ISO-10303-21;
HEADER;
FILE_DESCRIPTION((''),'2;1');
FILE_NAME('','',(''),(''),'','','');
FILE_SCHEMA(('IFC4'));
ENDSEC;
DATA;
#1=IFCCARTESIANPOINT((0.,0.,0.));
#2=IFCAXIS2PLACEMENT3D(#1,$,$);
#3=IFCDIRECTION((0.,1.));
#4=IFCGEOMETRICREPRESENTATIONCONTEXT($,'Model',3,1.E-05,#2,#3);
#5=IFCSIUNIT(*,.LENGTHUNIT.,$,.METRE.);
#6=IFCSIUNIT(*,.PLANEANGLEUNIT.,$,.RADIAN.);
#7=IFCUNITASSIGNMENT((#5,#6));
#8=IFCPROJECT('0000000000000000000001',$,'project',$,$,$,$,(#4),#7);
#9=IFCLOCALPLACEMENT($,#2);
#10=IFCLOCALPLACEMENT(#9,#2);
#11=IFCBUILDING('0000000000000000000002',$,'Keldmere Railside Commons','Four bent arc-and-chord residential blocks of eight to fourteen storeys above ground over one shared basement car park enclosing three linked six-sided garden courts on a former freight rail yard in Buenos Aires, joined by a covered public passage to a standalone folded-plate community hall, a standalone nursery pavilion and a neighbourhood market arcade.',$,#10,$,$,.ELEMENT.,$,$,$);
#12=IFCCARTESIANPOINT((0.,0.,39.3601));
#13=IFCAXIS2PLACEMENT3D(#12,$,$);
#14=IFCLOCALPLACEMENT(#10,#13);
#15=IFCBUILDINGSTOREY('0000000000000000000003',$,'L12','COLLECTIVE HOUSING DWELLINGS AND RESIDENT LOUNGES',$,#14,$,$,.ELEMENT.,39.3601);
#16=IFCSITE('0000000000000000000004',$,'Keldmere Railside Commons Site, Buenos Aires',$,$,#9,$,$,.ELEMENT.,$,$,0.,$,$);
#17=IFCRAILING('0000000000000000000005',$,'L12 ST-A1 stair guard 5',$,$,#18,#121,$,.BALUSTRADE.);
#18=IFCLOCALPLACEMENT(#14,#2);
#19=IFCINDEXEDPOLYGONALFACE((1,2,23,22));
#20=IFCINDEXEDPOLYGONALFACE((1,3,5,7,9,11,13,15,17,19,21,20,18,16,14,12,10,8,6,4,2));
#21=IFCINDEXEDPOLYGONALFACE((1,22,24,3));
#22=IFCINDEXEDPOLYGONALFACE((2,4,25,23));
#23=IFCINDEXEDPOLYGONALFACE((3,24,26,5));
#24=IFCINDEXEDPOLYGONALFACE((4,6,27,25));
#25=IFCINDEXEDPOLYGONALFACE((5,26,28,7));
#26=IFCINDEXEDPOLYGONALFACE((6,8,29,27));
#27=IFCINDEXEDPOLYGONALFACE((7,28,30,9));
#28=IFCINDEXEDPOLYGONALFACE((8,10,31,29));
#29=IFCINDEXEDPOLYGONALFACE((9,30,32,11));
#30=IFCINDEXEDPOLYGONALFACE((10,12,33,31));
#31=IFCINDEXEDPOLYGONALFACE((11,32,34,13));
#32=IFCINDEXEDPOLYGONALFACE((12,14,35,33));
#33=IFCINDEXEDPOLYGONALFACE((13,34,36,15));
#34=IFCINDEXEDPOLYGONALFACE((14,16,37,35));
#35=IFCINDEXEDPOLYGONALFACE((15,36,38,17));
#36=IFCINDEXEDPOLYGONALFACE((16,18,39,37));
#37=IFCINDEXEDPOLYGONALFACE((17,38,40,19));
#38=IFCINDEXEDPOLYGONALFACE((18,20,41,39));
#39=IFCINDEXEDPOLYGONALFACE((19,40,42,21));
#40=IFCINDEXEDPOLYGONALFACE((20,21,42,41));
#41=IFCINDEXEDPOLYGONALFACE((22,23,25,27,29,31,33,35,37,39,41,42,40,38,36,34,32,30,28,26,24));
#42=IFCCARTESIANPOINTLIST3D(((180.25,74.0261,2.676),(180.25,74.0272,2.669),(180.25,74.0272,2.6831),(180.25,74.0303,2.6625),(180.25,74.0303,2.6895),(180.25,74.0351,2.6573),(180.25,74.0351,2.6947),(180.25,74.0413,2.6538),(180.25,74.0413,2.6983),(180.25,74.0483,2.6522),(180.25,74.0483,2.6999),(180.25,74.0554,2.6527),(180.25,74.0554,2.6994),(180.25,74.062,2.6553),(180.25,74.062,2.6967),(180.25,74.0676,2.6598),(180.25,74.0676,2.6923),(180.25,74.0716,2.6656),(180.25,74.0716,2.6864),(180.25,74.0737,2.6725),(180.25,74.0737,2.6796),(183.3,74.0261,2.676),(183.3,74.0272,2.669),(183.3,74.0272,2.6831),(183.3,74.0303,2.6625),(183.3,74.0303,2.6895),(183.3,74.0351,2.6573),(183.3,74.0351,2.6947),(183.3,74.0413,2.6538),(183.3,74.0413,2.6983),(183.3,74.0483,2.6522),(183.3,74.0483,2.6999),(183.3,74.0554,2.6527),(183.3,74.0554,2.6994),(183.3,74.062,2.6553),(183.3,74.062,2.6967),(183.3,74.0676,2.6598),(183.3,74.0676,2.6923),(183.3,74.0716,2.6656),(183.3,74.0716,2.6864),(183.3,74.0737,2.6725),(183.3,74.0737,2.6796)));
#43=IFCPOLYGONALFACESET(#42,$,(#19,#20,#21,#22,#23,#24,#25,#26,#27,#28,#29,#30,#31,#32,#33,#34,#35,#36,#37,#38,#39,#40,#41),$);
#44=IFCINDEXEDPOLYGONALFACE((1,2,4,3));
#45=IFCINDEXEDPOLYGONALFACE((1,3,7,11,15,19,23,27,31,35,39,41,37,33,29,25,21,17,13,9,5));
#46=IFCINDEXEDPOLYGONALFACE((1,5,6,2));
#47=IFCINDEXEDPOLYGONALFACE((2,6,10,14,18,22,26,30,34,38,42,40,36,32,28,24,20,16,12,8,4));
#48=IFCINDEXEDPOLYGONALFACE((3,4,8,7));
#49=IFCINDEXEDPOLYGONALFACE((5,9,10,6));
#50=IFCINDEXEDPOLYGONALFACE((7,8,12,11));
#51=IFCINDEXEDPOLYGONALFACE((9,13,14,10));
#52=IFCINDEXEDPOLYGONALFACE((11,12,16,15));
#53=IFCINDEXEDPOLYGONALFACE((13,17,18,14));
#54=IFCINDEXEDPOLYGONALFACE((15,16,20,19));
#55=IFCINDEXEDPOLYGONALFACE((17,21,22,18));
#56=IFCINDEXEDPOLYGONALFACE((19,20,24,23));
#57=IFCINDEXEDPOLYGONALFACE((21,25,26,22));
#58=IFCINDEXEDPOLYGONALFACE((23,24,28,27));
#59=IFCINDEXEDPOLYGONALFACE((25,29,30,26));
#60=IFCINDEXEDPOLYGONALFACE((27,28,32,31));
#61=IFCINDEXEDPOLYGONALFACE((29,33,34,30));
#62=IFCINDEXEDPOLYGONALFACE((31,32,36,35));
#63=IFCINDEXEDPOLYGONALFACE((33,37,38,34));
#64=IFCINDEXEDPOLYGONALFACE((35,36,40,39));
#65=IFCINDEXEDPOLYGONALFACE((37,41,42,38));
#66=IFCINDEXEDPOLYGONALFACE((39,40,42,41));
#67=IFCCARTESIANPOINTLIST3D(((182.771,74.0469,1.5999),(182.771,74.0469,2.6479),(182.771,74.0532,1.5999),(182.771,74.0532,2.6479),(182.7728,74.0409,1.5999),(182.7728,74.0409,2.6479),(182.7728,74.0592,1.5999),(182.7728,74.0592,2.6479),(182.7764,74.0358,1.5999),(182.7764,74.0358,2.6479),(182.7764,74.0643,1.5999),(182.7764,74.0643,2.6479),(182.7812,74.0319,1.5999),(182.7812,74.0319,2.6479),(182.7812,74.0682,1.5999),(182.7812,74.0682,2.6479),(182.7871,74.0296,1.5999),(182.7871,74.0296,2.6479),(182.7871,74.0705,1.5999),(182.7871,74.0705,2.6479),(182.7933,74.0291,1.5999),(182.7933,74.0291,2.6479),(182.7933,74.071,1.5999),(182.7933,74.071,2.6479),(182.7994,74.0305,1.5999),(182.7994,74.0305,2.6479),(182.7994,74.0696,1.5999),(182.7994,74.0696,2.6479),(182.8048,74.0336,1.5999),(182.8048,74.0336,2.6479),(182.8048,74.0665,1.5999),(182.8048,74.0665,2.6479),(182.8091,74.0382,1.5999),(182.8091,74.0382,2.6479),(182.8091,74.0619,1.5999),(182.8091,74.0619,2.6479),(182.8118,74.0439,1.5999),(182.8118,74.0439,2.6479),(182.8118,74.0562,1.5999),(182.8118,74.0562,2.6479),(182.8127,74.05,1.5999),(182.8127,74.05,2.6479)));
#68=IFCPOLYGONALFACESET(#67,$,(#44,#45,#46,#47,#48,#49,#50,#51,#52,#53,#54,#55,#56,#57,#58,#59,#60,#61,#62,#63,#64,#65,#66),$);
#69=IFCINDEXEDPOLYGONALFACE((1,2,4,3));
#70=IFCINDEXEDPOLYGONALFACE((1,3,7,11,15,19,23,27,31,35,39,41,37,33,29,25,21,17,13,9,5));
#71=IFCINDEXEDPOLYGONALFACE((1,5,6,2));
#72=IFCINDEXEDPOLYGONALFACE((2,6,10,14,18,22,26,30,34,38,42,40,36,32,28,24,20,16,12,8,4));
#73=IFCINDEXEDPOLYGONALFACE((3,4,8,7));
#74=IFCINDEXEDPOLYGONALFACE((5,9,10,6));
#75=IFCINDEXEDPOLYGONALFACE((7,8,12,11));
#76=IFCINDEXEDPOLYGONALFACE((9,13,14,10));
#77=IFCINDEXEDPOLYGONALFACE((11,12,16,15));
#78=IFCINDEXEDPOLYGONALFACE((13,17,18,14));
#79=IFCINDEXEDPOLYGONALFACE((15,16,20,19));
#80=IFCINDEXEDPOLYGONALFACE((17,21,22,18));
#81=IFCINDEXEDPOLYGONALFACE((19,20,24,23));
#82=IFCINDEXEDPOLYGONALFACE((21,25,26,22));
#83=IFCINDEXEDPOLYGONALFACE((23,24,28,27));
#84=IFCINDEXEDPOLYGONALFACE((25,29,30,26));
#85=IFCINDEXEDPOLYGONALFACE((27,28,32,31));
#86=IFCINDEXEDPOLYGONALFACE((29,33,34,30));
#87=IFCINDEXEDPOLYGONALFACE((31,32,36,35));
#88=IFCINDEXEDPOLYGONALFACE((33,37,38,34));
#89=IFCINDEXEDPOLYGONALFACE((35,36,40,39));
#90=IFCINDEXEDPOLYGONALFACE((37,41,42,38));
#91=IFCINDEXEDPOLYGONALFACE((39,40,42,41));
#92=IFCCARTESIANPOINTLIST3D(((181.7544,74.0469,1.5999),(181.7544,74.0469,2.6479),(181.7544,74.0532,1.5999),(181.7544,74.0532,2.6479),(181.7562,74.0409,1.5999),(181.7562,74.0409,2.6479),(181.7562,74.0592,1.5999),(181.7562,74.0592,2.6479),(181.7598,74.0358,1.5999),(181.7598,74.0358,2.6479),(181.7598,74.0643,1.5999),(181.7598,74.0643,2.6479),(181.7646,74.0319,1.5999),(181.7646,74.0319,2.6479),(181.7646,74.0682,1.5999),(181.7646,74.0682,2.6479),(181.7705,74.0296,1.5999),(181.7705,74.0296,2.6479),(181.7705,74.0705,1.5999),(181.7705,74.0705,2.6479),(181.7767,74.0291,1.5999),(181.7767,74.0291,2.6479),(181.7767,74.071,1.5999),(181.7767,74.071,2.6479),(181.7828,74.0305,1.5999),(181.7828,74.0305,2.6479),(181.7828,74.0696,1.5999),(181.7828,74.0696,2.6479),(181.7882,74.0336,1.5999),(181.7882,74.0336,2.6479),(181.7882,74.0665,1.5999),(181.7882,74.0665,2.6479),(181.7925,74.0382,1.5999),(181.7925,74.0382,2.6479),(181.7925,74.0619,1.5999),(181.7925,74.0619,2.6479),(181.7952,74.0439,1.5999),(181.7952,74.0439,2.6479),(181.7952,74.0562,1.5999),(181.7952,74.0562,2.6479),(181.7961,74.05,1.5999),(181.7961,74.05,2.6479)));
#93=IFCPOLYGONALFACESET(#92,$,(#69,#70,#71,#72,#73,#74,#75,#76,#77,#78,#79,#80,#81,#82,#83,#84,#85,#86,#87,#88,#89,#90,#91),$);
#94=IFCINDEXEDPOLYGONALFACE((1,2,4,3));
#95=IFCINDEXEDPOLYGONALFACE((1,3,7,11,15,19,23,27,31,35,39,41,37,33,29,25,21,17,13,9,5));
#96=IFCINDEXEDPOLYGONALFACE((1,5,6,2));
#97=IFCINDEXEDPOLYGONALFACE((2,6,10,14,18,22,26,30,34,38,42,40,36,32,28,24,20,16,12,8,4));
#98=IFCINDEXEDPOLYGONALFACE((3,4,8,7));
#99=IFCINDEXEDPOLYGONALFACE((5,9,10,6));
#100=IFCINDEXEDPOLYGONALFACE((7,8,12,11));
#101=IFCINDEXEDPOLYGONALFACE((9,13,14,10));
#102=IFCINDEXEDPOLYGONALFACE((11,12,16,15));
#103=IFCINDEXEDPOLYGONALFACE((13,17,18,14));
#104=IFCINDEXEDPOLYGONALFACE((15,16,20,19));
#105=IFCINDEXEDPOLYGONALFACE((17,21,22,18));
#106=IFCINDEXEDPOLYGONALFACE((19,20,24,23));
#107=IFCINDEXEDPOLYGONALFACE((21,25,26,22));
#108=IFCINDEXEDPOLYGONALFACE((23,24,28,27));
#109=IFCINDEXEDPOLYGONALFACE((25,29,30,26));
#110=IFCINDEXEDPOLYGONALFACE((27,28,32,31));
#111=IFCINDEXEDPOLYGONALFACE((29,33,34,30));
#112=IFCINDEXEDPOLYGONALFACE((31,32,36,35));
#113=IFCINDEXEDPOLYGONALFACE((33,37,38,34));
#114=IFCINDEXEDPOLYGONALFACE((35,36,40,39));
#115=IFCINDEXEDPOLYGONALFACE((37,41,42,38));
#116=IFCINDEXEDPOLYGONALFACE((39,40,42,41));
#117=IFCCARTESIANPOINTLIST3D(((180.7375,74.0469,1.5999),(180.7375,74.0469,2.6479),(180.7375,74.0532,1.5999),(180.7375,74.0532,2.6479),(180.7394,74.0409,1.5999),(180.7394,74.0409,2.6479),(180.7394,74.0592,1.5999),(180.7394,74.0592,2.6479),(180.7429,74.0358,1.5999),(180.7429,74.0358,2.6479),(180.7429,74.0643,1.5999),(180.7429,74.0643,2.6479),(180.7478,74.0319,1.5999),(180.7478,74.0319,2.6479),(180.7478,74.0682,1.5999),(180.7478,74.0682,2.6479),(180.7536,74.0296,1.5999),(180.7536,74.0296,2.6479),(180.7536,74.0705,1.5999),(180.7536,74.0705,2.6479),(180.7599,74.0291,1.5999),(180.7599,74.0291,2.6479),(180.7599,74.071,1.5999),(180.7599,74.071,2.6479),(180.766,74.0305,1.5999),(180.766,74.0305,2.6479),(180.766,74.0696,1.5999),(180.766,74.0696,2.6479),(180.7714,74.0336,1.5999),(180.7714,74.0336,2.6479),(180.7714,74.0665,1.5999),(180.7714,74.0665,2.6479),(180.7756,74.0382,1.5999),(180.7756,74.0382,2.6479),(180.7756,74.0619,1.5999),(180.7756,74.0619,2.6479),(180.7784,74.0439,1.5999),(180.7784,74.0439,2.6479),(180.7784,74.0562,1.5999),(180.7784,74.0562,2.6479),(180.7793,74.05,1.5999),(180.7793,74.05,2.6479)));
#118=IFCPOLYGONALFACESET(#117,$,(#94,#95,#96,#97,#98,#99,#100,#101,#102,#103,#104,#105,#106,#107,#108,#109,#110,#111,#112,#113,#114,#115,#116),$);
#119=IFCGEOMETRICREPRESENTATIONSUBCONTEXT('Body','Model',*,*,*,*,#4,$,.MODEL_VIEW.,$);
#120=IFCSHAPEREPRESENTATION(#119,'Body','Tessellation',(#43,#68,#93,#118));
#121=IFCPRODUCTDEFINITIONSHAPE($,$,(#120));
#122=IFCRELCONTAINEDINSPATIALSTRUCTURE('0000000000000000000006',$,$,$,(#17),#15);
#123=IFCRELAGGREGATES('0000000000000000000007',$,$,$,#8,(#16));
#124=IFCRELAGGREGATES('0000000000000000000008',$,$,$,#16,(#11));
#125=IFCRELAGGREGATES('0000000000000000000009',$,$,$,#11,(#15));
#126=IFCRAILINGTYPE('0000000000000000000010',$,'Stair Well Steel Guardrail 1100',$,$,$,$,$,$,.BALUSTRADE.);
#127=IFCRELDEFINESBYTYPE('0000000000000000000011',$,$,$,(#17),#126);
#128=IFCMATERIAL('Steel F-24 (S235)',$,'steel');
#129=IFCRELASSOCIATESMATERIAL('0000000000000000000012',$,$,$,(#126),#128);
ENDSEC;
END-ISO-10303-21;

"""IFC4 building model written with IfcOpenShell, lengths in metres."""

from ifc_helpers import new_model, si_unit, direction, frame, origin, origin_2d, place, context, subcontext, project, spatial, circle, extrude, material, type_object, element, save


model = new_model("IFC4")

# Units and contexts
model_context = context("Model", 3, precision=1e-05, world=origin(), true_north=direction((0.0, 1.0)))
body_context = subcontext(model_context, "Body", "Model", "MODEL_VIEW")
ifc_project = project(units=[si_unit("LENGTHUNIT", "METRE"), si_unit("PLANEANGLEUNIT", "RADIAN")], contexts=[model_context])

# Site, building, storey
site_placement = place(None, origin())
site = spatial("IfcSite", under=ifc_project, at=site_placement, Name="Keldmere Railside Commons Site, Buenos Aires", CompositionType="ELEMENT", RefElevation=0.0)
building_placement = place(site_placement, origin())
building = spatial("IfcBuilding", under=site, at=building_placement, Name="Keldmere Railside Commons", Description="Four bent arc-and-chord residential blocks of eight to fourteen storeys above ground over one shared basement car park enclosing three linked six-sided garden courts on a former freight rail yard in Buenos Aires, joined by a covered public passage to a standalone folded-plate community hall, a standalone nursery pavilion and a neighbourhood market arcade.", CompositionType="ELEMENT")
storey_placement = place(building_placement, frame((0.0, 0.0, 39.3601)))
storey = spatial("IfcBuildingStorey", under=building, at=storey_placement, Name="L12", Description="COLLECTIVE HOUSING DWELLINGS AND RESIDENT LOUNGES", CompositionType="ELEMENT", Elevation=39.3601)

# Shared definitions
ifc_material_1 = material(Name="Steel F-24 (S235)", Category="steel")

# Railing
railing_type_1 = type_object("IfcRailingType", Name="Stair Well Steel Guardrail 1100", PredefinedType="BALUSTRADE", material=ifc_material_1)
railing_1_placement = place(storey_placement, frame((183.3, 74.05, 1.5999)))
element("IfcRailing", 1, at=railing_1_placement, inside=storey, type_object=railing_type_1, Name="L12 ST-A1 stair guard 5", PredefinedType="BALUSTRADE", context=body_context, shape_type="SweptSolid", body=[
    extrude(circle(Radius=0.0239, at=origin_2d()), frame((0.0, 0.0, 1.0762), z_axis=(-1.0, 0.0, 0.0), x_axis=(0.0, -1.0, 0.0)), (0.0, 0.0, 1.0), 3.05),
    extrude(circle(Radius=0.021, at=origin_2d()), frame((-0.5083, 0.0, 0.0)), (0.0, 0.0, 1.0), 1.0481),
    extrude(circle(Radius=0.021, at=origin_2d()), frame((-1.5249, 0.0, 0.0)), (0.0, 0.0, 1.0), 1.0481),
    extrude(circle(Radius=0.021, at=origin_2d()), frame((-2.5417, 0.0, 0.0)), (0.0, 0.0, 1.0), 1.0481),
])

save(model, "model.ifc")
